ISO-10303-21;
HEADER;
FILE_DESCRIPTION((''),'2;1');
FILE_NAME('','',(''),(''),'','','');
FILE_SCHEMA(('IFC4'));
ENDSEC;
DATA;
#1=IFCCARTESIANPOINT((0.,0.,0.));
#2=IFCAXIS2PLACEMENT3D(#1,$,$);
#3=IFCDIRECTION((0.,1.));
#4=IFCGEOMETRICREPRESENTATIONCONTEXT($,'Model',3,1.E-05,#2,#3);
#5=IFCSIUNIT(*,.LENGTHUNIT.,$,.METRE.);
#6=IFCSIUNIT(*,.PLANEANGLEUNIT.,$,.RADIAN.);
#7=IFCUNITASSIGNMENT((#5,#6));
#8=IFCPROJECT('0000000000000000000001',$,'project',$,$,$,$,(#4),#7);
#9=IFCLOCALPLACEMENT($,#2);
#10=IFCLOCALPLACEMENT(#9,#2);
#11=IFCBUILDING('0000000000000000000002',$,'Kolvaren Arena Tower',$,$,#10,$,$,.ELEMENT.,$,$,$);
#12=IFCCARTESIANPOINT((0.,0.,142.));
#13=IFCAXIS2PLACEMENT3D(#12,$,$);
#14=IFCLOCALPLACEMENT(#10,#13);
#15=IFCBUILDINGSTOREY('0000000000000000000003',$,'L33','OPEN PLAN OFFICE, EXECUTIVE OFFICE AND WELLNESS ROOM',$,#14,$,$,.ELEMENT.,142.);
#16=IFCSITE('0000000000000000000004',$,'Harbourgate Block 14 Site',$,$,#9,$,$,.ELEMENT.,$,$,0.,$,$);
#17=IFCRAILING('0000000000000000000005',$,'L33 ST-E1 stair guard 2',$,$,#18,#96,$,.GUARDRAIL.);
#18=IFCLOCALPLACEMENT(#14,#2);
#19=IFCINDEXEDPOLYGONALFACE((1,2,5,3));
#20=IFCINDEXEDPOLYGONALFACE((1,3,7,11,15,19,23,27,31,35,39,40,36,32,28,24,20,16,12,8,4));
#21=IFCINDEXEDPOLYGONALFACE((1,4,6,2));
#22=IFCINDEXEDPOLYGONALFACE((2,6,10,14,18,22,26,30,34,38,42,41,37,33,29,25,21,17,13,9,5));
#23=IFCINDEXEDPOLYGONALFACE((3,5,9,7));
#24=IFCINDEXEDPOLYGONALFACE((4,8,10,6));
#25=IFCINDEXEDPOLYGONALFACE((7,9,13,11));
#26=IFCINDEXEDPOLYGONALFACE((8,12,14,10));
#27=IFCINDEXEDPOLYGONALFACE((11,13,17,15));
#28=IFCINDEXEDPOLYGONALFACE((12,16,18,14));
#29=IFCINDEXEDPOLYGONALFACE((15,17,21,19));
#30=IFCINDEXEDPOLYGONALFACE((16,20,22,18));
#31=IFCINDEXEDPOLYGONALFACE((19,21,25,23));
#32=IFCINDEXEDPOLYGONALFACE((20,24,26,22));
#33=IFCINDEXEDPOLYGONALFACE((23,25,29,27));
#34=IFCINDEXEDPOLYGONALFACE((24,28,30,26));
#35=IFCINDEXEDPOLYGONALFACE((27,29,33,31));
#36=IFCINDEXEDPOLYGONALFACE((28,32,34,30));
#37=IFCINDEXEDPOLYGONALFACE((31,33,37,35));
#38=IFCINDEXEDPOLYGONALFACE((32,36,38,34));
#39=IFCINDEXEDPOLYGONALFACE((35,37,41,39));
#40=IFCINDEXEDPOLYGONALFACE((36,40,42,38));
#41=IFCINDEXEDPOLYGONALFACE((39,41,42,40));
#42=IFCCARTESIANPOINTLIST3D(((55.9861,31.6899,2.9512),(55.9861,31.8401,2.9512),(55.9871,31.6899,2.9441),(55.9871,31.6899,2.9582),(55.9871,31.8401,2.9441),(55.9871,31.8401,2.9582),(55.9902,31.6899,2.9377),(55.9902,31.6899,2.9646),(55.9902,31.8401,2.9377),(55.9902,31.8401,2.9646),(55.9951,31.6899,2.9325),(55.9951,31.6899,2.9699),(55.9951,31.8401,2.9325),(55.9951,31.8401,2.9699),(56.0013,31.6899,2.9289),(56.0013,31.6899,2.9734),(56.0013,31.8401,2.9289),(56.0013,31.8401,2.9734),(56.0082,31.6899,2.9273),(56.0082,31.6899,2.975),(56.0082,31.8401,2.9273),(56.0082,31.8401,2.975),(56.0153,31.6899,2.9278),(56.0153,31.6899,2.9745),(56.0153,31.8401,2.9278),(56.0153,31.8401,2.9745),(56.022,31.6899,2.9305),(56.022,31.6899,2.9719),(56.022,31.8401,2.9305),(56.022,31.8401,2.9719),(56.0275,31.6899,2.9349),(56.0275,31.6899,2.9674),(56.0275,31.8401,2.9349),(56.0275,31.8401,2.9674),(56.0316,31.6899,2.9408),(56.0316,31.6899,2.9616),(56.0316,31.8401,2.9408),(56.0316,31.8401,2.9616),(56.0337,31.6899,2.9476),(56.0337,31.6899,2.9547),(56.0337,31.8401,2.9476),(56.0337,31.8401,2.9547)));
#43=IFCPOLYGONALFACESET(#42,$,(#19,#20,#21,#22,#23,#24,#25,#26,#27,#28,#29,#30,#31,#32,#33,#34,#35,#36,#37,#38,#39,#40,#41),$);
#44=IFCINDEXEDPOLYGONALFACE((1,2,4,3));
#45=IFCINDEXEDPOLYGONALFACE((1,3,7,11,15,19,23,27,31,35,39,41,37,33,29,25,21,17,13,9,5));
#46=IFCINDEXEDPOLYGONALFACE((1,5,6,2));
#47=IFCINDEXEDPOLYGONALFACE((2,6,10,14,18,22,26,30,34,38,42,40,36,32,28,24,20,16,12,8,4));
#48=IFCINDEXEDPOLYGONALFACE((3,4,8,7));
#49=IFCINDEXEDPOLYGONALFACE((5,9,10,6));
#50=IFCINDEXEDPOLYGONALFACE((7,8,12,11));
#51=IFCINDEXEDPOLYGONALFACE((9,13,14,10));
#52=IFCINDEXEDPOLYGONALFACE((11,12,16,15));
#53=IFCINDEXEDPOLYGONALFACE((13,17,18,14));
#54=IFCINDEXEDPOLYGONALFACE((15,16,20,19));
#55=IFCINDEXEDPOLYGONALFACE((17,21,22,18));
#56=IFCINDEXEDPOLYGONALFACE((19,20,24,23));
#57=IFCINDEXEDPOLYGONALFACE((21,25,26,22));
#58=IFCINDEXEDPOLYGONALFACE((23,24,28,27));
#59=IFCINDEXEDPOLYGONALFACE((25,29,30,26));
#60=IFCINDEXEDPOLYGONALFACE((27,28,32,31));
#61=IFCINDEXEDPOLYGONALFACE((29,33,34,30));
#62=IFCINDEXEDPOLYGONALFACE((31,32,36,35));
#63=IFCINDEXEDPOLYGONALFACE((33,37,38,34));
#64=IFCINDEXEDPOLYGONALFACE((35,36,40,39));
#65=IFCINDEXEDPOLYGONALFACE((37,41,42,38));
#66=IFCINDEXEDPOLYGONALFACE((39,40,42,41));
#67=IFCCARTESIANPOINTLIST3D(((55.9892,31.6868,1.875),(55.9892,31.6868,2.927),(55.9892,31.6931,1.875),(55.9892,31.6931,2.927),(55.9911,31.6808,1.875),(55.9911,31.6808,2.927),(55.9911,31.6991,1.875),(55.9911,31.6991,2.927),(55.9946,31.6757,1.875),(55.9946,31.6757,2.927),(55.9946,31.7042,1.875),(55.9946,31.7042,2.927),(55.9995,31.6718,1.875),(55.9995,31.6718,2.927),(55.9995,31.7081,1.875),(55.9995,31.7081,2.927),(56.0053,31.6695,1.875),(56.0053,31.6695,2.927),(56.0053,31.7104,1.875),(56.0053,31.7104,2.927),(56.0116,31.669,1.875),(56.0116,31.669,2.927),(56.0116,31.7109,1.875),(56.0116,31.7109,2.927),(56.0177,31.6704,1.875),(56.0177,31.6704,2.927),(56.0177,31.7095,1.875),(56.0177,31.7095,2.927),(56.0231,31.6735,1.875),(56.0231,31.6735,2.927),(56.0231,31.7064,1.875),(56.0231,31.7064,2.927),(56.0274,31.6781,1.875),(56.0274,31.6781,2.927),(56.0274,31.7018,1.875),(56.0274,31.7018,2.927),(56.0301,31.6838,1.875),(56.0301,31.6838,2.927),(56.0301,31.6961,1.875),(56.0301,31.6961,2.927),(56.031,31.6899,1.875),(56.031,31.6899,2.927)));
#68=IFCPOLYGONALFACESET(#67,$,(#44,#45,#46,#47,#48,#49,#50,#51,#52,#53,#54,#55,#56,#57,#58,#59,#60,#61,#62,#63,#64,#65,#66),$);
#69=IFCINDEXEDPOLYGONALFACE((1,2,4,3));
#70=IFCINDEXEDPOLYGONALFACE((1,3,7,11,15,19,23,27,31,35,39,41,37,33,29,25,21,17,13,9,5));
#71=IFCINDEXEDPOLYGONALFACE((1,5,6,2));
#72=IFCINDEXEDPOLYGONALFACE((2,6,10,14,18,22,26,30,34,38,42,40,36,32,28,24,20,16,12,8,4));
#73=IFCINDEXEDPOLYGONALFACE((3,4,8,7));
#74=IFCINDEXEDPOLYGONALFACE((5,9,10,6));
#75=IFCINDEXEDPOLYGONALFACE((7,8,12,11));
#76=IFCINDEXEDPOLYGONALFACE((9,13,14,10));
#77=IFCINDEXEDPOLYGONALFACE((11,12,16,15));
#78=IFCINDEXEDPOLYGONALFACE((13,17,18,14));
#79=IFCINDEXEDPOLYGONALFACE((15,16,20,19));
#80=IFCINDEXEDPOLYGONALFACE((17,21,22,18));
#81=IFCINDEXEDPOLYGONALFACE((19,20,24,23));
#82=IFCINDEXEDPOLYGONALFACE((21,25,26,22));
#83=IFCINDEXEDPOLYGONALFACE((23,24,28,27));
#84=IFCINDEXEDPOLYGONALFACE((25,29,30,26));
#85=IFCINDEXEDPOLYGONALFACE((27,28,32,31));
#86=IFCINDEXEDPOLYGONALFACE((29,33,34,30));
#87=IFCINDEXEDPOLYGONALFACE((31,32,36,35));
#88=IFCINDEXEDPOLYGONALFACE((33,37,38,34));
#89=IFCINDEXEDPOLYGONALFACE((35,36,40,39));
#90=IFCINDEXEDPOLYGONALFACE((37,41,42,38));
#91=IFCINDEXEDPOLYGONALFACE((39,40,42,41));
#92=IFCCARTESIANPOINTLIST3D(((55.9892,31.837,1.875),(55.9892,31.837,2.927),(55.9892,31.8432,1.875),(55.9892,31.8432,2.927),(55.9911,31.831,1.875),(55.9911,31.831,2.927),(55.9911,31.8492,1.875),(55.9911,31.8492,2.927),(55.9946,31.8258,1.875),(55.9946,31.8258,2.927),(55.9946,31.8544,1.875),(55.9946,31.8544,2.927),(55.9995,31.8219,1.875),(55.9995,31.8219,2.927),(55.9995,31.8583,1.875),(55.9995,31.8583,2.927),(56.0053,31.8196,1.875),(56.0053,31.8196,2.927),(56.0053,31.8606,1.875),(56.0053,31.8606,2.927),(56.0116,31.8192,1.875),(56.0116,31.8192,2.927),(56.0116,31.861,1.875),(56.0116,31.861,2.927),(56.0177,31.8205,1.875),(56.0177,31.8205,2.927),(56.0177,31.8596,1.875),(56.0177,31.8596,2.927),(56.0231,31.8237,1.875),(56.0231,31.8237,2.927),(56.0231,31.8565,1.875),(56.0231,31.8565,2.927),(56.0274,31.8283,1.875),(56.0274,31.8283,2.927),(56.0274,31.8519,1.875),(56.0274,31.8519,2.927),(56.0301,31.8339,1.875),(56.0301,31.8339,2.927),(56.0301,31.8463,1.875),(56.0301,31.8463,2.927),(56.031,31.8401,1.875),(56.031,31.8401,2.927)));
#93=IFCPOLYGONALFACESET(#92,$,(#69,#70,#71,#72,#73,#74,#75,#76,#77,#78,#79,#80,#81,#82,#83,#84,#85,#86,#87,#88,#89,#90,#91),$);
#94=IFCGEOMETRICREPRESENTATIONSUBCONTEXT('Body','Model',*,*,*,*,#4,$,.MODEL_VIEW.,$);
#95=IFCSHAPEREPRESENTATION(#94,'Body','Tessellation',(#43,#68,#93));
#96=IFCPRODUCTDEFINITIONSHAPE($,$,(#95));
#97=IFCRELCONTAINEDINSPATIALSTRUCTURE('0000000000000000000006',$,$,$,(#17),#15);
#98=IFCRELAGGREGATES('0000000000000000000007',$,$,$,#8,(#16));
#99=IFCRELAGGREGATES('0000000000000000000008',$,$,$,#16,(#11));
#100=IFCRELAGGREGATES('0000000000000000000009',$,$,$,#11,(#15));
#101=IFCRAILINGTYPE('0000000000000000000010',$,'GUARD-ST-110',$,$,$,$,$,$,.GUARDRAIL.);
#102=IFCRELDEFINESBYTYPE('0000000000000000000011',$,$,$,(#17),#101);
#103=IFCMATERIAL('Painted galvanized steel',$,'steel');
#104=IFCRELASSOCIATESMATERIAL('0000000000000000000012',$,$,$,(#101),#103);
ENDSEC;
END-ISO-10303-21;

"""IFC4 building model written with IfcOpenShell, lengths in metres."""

from ifc_helpers import new_model, si_unit, direction, frame, origin, origin_2d, place, context, subcontext, project, spatial, circle, extrude, material, type_object, element, save


model = new_model("IFC4")

# Units and contexts
model_context = context("Model", 3, precision=1e-05, world=origin(), true_north=direction((0.0, 1.0)))
body_context = subcontext(model_context, "Body", "Model", "MODEL_VIEW")
ifc_project = project(units=[si_unit("LENGTHUNIT", "METRE"), si_unit("PLANEANGLEUNIT", "RADIAN")], contexts=[model_context])

# Site, building, storey
site_placement = place(None, origin())
site = spatial("IfcSite", under=ifc_project, at=site_placement, Name="Harbourgate Block 14 Site", CompositionType="ELEMENT", RefElevation=0.0)
building_placement = place(site_placement, origin())
building = spatial("IfcBuilding", under=site, at=building_placement, Name="Kolvaren Arena Tower", CompositionType="ELEMENT")
storey_placement = place(building_placement, frame((0.0, 0.0, 142.0)))
storey = spatial("IfcBuildingStorey", under=building, at=storey_placement, Name="L33", Description="OPEN PLAN OFFICE, EXECUTIVE OFFICE AND WELLNESS ROOM", CompositionType="ELEMENT", Elevation=142.0)

# Railing
ifc_material_1 = material(Name="Painted galvanized steel", Category="steel")
railing_type_1 = type_object("IfcRailingType", Name="GUARD-ST-110", PredefinedType="GUARDRAIL", material=ifc_material_1)
railing_1_placement = place(storey_placement, frame((56.01, 31.6899, 1.875)))
element("IfcRailing", 1, at=railing_1_placement, inside=storey, type_object=railing_type_1, Name="L33 ST-E1 stair guard 2", PredefinedType="GUARDRAIL", context=body_context, shape_type="SweptSolid", body=[
    extrude(circle(Radius=0.0239, at=origin_2d()), frame((0.0, 0.0, 1.0762), z_axis=(0.0, 1.0, 0.0), x_axis=(-1.0, 0.0, 0.0)), (0.0, 0.0, 1.0), 0.1501),
    extrude(circle(Radius=0.021, at=origin_2d()), origin(), (0.0, 0.0, 1.0), 1.052),
    extrude(circle(Radius=0.021, at=origin_2d()), frame((0.0, 0.1501, 0.0)), (0.0, 0.0, 1.0), 1.052),
])

save(model, "model.ifc")
